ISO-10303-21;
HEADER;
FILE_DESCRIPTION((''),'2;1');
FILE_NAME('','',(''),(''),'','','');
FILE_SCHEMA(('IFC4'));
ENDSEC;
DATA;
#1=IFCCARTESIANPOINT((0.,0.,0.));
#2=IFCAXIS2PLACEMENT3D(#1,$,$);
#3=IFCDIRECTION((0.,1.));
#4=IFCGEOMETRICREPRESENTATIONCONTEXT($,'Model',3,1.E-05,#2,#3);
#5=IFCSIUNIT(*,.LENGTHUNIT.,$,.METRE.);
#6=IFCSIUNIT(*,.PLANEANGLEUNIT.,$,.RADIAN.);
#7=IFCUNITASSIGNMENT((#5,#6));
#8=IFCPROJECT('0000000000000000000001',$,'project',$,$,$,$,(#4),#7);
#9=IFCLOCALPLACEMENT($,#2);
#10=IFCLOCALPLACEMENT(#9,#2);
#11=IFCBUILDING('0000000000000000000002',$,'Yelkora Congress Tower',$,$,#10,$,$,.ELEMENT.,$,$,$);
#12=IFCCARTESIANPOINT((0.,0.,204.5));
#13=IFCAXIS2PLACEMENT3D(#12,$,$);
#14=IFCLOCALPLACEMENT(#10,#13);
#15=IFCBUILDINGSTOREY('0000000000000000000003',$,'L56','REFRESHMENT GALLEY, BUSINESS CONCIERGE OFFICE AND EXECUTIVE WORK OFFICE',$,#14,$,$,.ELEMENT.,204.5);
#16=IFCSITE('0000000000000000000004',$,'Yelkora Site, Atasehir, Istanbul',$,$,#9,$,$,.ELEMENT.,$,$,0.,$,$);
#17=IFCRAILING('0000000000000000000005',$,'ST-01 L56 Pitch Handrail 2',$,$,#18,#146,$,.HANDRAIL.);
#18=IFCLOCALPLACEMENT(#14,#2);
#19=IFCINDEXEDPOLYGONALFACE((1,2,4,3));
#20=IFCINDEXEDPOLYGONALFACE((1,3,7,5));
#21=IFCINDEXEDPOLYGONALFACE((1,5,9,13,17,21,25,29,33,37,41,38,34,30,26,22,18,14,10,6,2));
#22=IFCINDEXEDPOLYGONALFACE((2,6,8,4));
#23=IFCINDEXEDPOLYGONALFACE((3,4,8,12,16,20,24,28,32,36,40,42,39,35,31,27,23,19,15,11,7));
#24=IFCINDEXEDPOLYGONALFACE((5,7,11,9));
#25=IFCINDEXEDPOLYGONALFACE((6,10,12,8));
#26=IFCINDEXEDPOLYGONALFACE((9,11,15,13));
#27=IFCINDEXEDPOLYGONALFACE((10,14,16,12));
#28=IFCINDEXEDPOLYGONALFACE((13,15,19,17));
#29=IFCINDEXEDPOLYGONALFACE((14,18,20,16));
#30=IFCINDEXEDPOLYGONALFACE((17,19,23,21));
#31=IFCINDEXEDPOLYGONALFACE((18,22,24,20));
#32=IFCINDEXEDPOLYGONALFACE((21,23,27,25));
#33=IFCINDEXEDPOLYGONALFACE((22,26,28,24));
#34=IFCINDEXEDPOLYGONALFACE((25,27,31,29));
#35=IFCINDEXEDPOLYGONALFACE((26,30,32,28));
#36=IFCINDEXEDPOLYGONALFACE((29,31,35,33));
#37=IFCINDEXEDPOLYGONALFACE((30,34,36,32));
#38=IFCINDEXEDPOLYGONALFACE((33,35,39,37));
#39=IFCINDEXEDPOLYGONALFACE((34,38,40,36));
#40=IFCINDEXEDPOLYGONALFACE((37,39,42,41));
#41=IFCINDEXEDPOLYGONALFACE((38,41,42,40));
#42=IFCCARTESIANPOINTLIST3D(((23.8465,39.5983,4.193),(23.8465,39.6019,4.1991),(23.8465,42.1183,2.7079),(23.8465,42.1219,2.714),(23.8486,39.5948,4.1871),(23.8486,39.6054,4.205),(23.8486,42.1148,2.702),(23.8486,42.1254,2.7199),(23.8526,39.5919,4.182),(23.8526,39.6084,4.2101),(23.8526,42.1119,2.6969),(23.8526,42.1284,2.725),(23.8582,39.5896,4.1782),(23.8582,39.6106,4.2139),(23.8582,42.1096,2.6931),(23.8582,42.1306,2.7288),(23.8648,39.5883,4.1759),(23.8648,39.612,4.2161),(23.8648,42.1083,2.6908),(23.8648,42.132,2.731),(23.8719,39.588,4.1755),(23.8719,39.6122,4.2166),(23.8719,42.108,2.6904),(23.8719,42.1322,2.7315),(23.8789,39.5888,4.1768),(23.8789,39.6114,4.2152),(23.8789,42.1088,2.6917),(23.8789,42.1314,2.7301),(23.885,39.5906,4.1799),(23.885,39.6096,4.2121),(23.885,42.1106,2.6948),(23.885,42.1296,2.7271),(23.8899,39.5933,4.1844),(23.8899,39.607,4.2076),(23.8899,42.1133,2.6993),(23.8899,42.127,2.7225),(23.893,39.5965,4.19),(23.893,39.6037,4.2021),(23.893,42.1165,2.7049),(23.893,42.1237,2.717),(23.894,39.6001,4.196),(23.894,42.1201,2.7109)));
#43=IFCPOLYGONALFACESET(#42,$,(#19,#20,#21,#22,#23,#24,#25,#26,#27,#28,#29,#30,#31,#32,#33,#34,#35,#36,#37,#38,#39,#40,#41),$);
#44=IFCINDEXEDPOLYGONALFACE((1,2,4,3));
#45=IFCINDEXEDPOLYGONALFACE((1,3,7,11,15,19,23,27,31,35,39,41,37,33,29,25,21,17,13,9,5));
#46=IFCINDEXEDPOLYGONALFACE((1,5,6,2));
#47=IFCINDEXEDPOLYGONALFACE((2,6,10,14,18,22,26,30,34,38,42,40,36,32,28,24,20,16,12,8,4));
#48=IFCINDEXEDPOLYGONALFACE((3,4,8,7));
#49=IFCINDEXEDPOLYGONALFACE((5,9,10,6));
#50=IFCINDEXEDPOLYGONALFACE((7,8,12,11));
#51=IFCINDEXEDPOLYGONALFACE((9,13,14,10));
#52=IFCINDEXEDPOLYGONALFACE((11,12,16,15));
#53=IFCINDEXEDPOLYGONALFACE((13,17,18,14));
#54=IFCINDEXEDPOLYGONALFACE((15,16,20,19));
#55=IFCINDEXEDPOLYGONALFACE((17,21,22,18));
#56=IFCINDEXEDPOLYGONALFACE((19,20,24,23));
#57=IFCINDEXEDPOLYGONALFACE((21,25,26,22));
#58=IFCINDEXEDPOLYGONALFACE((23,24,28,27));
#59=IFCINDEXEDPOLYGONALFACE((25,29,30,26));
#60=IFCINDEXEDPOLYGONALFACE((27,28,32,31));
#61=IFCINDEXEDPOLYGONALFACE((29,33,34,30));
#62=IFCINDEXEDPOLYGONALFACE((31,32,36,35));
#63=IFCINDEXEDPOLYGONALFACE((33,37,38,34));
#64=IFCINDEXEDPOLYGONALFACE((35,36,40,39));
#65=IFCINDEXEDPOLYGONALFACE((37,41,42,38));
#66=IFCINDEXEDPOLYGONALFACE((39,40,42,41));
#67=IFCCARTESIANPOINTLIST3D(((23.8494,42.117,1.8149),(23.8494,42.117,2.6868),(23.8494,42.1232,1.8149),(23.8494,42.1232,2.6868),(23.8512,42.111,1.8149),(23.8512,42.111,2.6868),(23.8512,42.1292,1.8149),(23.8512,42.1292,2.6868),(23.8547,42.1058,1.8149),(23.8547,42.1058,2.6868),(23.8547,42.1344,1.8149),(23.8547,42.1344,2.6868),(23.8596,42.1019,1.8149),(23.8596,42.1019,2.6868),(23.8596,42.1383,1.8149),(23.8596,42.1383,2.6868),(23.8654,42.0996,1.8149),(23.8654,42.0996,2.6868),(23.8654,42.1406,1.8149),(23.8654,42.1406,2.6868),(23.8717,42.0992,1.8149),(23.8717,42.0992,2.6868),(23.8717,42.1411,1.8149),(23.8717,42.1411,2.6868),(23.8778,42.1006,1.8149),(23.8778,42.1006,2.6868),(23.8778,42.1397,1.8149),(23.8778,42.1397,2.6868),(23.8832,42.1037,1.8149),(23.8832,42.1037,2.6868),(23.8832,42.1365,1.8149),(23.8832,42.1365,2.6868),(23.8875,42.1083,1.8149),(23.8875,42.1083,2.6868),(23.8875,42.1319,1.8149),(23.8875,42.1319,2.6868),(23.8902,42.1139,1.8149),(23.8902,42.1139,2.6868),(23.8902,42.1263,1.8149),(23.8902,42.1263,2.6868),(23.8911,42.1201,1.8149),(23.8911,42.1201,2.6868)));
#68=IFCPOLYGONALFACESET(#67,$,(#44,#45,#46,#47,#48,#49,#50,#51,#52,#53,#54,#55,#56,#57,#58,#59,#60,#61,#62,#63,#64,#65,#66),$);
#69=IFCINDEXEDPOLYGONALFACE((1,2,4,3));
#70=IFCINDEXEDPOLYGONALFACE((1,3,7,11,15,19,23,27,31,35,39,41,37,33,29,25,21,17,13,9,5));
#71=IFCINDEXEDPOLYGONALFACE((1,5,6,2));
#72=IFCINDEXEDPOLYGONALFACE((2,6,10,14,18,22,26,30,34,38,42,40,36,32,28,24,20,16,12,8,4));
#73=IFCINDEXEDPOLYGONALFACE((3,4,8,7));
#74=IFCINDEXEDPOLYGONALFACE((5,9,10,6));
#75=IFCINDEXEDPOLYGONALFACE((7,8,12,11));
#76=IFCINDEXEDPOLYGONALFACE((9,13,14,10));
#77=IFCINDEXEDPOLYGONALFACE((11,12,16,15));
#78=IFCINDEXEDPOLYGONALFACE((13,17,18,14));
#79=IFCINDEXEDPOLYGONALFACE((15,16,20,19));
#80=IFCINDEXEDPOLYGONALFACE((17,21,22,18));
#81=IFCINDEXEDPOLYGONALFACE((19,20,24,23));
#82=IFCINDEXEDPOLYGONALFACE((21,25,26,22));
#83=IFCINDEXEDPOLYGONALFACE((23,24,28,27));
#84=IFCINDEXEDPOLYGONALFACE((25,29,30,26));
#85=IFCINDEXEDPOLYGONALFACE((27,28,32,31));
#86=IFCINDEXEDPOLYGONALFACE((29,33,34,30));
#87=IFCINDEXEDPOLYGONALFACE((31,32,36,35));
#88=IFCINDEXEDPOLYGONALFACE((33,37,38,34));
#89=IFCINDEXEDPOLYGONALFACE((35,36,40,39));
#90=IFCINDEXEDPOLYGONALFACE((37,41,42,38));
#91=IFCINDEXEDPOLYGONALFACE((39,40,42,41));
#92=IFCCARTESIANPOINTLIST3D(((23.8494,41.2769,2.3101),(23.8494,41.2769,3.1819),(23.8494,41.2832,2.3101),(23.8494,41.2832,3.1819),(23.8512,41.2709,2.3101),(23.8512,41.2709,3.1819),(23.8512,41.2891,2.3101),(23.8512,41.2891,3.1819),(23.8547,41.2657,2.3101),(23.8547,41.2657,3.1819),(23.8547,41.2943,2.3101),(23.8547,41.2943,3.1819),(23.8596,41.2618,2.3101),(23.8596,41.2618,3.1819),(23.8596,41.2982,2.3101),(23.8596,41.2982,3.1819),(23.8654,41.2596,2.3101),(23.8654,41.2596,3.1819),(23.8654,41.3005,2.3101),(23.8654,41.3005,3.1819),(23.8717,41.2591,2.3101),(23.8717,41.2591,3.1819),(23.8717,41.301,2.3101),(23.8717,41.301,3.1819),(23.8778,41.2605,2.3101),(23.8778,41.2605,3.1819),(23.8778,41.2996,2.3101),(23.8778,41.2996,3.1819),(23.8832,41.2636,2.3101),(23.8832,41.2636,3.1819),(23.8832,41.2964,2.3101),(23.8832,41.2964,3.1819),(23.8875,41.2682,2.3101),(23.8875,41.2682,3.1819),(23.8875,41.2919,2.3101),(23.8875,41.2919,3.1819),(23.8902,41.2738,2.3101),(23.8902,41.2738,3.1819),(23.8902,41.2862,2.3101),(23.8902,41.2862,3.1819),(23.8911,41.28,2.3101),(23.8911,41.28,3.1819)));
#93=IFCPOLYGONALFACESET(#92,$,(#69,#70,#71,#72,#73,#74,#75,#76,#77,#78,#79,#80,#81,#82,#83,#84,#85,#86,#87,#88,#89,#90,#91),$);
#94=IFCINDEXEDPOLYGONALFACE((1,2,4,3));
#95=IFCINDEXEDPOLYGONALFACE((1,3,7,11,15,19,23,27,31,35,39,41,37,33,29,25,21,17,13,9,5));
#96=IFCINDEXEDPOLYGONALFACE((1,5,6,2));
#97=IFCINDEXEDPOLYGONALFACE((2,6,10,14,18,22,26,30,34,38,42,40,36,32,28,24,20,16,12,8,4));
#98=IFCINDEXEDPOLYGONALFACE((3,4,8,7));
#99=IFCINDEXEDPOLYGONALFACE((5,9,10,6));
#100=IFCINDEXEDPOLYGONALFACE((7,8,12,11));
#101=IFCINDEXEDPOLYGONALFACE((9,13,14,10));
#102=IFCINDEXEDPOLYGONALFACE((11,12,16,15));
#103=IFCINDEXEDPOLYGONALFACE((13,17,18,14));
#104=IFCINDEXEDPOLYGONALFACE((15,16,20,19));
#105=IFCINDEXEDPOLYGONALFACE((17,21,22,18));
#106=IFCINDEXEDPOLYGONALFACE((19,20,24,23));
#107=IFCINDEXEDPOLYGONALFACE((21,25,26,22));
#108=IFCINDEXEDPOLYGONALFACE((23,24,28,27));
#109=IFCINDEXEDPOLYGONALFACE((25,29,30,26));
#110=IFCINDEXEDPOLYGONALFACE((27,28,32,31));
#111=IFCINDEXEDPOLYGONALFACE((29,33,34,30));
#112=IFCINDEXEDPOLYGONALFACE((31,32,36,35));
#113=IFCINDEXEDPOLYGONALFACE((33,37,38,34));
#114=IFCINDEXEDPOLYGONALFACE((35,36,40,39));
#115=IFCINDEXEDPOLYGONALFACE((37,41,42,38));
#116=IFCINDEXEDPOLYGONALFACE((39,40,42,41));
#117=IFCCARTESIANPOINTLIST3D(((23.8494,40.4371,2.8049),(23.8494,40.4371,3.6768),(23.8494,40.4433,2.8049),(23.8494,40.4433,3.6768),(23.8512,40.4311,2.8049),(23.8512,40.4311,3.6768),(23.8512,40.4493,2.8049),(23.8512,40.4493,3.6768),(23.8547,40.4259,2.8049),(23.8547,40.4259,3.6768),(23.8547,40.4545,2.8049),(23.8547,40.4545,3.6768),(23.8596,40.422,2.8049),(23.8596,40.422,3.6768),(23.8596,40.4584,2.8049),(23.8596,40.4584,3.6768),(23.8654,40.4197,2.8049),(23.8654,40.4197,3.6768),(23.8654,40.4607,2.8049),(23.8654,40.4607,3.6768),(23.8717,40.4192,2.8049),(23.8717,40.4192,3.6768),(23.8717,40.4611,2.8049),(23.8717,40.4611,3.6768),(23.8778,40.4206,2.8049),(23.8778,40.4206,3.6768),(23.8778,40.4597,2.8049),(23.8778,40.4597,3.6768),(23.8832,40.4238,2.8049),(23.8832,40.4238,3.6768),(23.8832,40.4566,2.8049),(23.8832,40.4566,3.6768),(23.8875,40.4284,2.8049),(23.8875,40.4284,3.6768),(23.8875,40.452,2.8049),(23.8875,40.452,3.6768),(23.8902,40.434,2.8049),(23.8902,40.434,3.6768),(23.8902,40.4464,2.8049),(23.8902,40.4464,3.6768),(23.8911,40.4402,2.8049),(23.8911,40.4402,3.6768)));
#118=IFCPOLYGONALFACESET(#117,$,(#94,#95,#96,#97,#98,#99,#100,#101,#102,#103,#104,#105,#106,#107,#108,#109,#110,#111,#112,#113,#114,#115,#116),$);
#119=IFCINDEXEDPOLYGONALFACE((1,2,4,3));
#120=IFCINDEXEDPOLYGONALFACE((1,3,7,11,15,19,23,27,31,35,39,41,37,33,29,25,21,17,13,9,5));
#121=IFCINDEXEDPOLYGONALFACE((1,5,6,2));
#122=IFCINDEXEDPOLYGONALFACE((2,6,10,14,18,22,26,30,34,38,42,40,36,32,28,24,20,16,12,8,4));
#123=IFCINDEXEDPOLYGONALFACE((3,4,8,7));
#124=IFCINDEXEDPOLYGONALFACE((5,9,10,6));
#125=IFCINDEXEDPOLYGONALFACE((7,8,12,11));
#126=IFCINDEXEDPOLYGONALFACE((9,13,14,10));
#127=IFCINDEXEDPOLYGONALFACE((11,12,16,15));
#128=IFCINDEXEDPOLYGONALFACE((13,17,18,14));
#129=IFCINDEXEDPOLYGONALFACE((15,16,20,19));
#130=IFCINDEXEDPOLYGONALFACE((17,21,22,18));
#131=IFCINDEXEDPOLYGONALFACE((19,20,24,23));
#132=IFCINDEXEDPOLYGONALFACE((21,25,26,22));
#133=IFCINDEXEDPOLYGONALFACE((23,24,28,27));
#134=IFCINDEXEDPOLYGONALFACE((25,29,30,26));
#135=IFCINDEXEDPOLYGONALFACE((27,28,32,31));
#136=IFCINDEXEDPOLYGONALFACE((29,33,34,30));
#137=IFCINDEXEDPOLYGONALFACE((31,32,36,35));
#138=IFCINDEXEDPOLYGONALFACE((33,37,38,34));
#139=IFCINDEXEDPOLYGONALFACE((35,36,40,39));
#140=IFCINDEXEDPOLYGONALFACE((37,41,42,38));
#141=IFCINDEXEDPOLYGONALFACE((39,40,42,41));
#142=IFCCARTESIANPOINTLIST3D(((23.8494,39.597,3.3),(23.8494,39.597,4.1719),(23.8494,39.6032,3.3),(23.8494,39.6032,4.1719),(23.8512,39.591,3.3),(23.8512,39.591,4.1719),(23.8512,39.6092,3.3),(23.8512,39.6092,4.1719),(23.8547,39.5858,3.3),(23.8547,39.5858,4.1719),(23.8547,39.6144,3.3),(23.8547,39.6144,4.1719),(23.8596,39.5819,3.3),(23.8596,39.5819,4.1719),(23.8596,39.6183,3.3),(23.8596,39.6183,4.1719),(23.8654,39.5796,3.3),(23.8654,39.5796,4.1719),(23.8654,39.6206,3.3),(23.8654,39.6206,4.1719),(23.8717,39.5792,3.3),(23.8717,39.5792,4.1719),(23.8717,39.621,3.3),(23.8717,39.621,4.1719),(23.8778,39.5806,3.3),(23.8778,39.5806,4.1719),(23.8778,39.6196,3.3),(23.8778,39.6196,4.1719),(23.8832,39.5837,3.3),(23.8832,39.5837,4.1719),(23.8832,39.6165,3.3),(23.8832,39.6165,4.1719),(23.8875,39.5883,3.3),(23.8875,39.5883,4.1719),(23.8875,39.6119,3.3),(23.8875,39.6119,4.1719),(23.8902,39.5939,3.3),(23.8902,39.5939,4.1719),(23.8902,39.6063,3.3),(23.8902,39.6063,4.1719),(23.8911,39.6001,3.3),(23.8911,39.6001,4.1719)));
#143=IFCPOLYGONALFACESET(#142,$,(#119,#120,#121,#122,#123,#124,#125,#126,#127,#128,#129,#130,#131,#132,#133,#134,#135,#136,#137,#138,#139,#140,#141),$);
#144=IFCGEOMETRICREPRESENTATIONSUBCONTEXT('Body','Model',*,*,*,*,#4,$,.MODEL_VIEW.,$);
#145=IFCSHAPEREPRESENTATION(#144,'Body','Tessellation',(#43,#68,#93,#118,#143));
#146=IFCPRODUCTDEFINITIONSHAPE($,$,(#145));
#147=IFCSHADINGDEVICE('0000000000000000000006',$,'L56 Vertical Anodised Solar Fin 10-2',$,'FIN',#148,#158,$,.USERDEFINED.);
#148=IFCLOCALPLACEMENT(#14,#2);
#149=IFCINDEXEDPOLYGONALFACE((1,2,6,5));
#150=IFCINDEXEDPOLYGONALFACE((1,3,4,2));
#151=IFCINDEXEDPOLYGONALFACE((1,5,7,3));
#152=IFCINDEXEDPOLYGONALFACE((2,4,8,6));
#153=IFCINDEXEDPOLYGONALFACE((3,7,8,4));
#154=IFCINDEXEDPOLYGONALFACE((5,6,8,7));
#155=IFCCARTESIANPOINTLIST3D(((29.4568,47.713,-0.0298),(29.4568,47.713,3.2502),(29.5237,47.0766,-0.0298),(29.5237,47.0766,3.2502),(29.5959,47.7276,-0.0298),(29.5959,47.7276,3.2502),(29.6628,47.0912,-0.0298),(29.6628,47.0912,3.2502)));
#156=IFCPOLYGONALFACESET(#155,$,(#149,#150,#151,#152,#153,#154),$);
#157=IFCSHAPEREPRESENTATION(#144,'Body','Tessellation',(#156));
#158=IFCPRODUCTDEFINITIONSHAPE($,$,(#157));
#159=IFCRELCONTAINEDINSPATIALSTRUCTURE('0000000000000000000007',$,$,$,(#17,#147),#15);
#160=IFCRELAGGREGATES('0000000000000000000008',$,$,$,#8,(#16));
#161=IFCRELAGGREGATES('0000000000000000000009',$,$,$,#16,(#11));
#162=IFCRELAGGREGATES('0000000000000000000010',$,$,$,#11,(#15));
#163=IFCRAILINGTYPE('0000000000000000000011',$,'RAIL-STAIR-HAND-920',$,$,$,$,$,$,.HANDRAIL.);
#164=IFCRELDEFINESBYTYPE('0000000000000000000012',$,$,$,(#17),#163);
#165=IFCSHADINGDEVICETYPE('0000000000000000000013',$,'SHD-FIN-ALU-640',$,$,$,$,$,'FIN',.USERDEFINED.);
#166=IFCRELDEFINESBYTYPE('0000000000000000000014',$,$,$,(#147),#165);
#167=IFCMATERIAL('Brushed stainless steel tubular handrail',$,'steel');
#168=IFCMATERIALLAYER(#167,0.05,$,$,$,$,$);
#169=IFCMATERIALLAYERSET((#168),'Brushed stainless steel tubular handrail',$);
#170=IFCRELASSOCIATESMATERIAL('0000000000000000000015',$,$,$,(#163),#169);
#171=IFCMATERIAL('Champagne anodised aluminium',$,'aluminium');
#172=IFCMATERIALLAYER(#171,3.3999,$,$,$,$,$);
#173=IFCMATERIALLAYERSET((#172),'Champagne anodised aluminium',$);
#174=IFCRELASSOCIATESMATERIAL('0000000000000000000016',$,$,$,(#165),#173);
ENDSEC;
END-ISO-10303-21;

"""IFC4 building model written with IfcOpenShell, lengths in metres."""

from ifc_helpers import new_model, si_unit, direction, frame, origin, origin_2d, place, context, subcontext, project, spatial, rectangle, circle, extrude, material, layer, layer_set, type_object, element, save


model = new_model("IFC4")

# Units and contexts
model_context = context("Model", 3, precision=1e-05, world=origin(), true_north=direction((0.0, 1.0)))
body_context = subcontext(model_context, "Body", "Model", "MODEL_VIEW")
ifc_project = project(units=[si_unit("LENGTHUNIT", "METRE"), si_unit("PLANEANGLEUNIT", "RADIAN")], contexts=[model_context])

# Site, building, storey
site_placement = place(None, origin())
site = spatial("IfcSite", under=ifc_project, at=site_placement, Name="Yelkora Site, Atasehir, Istanbul", CompositionType="ELEMENT", RefElevation=0.0)
building_placement = place(site_placement, origin())
building = spatial("IfcBuilding", under=site, at=building_placement, Name="Yelkora Congress Tower", CompositionType="ELEMENT")
storey_placement = place(building_placement, frame((0.0, 0.0, 204.5)))
storey = spatial("IfcBuildingStorey", under=building, at=storey_placement, Name="L56", Description="REFRESHMENT GALLEY, BUSINESS CONCIERGE OFFICE AND EXECUTIVE WORK OFFICE", CompositionType="ELEMENT", Elevation=204.5)

# Railing
ifc_material_1 = material(Name="Brushed stainless steel tubular handrail", Category="steel")
ifc_layer_1 = layer(ifc_material_1, 0.05)
ifc_layer_set_1 = layer_set([ifc_layer_1], Name="Brushed stainless steel tubular handrail")
railing_type_1 = type_object("IfcRailingType", Name="RAIL-STAIR-HAND-920", PredefinedType="HANDRAIL", material=ifc_layer_set_1)
railing_1_placement = place(storey_placement, frame((23.8701, 42.1201, 1.8149)))
element("IfcRailing", 1, at=railing_1_placement, inside=storey, type_object=railing_type_1, Name="ST-01 L56 Pitch Handrail 2", PredefinedType="HANDRAIL", context=body_context, shape_type="SweptSolid", body=[
    extrude(circle(Radius=0.0239, at=origin_2d()), frame((0.0, 0.0, 0.896), z_axis=(0.0, -0.861524, 0.507717), x_axis=(1.0, 0.0, 0.0)), (0.0, 0.0, 1.0), 2.925),
    extrude(circle(Radius=0.021, at=origin_2d()), origin(), (0.0, 0.0, 1.0), 0.8718),
    extrude(circle(Radius=0.021, at=origin_2d()), frame((0.0, -0.8401, 0.4951)), (0.0, 0.0, 1.0), 0.8718),
    extrude(circle(Radius=0.021, at=origin_2d()), frame((0.0, -1.6799, 0.99)), (0.0, 0.0, 1.0), 0.8718),
    extrude(circle(Radius=0.021, at=origin_2d()), frame((0.0, -2.52, 1.4851)), (0.0, 0.0, 1.0), 0.8718),
])

# Shading device
ifc_material_2 = material(Name="Champagne anodised aluminium", Category="aluminium")
ifc_layer_2 = layer(ifc_material_2, 3.3999)
ifc_layer_set_2 = layer_set([ifc_layer_2], Name="Champagne anodised aluminium")
shading_device_type = type_object("IfcShadingDeviceType", Name="SHD-FIN-ALU-640", ElementType="FIN", PredefinedType="USERDEFINED", material=ifc_layer_set_2)
shading_device_placement = place(storey_placement, frame((29.5598, 47.4021, -0.0298), z_axis=(0.0, 0.0, 1.0), x_axis=(0.994522, 0.104528, 0.0)))
element("IfcShadingDevice", 2, at=shading_device_placement, inside=storey, type_object=shading_device_type, Name="L56 Vertical Anodised Solar Fin 10-2", ObjectType="FIN", PredefinedType="USERDEFINED", context=body_context, shape_type="SweptSolid", body=[
    extrude(rectangle(XDim=0.1399, YDim=0.6399, at=origin_2d()), origin(), (0.0, 0.0, 1.0), 3.28),
])

save(model, "model.ifc")
